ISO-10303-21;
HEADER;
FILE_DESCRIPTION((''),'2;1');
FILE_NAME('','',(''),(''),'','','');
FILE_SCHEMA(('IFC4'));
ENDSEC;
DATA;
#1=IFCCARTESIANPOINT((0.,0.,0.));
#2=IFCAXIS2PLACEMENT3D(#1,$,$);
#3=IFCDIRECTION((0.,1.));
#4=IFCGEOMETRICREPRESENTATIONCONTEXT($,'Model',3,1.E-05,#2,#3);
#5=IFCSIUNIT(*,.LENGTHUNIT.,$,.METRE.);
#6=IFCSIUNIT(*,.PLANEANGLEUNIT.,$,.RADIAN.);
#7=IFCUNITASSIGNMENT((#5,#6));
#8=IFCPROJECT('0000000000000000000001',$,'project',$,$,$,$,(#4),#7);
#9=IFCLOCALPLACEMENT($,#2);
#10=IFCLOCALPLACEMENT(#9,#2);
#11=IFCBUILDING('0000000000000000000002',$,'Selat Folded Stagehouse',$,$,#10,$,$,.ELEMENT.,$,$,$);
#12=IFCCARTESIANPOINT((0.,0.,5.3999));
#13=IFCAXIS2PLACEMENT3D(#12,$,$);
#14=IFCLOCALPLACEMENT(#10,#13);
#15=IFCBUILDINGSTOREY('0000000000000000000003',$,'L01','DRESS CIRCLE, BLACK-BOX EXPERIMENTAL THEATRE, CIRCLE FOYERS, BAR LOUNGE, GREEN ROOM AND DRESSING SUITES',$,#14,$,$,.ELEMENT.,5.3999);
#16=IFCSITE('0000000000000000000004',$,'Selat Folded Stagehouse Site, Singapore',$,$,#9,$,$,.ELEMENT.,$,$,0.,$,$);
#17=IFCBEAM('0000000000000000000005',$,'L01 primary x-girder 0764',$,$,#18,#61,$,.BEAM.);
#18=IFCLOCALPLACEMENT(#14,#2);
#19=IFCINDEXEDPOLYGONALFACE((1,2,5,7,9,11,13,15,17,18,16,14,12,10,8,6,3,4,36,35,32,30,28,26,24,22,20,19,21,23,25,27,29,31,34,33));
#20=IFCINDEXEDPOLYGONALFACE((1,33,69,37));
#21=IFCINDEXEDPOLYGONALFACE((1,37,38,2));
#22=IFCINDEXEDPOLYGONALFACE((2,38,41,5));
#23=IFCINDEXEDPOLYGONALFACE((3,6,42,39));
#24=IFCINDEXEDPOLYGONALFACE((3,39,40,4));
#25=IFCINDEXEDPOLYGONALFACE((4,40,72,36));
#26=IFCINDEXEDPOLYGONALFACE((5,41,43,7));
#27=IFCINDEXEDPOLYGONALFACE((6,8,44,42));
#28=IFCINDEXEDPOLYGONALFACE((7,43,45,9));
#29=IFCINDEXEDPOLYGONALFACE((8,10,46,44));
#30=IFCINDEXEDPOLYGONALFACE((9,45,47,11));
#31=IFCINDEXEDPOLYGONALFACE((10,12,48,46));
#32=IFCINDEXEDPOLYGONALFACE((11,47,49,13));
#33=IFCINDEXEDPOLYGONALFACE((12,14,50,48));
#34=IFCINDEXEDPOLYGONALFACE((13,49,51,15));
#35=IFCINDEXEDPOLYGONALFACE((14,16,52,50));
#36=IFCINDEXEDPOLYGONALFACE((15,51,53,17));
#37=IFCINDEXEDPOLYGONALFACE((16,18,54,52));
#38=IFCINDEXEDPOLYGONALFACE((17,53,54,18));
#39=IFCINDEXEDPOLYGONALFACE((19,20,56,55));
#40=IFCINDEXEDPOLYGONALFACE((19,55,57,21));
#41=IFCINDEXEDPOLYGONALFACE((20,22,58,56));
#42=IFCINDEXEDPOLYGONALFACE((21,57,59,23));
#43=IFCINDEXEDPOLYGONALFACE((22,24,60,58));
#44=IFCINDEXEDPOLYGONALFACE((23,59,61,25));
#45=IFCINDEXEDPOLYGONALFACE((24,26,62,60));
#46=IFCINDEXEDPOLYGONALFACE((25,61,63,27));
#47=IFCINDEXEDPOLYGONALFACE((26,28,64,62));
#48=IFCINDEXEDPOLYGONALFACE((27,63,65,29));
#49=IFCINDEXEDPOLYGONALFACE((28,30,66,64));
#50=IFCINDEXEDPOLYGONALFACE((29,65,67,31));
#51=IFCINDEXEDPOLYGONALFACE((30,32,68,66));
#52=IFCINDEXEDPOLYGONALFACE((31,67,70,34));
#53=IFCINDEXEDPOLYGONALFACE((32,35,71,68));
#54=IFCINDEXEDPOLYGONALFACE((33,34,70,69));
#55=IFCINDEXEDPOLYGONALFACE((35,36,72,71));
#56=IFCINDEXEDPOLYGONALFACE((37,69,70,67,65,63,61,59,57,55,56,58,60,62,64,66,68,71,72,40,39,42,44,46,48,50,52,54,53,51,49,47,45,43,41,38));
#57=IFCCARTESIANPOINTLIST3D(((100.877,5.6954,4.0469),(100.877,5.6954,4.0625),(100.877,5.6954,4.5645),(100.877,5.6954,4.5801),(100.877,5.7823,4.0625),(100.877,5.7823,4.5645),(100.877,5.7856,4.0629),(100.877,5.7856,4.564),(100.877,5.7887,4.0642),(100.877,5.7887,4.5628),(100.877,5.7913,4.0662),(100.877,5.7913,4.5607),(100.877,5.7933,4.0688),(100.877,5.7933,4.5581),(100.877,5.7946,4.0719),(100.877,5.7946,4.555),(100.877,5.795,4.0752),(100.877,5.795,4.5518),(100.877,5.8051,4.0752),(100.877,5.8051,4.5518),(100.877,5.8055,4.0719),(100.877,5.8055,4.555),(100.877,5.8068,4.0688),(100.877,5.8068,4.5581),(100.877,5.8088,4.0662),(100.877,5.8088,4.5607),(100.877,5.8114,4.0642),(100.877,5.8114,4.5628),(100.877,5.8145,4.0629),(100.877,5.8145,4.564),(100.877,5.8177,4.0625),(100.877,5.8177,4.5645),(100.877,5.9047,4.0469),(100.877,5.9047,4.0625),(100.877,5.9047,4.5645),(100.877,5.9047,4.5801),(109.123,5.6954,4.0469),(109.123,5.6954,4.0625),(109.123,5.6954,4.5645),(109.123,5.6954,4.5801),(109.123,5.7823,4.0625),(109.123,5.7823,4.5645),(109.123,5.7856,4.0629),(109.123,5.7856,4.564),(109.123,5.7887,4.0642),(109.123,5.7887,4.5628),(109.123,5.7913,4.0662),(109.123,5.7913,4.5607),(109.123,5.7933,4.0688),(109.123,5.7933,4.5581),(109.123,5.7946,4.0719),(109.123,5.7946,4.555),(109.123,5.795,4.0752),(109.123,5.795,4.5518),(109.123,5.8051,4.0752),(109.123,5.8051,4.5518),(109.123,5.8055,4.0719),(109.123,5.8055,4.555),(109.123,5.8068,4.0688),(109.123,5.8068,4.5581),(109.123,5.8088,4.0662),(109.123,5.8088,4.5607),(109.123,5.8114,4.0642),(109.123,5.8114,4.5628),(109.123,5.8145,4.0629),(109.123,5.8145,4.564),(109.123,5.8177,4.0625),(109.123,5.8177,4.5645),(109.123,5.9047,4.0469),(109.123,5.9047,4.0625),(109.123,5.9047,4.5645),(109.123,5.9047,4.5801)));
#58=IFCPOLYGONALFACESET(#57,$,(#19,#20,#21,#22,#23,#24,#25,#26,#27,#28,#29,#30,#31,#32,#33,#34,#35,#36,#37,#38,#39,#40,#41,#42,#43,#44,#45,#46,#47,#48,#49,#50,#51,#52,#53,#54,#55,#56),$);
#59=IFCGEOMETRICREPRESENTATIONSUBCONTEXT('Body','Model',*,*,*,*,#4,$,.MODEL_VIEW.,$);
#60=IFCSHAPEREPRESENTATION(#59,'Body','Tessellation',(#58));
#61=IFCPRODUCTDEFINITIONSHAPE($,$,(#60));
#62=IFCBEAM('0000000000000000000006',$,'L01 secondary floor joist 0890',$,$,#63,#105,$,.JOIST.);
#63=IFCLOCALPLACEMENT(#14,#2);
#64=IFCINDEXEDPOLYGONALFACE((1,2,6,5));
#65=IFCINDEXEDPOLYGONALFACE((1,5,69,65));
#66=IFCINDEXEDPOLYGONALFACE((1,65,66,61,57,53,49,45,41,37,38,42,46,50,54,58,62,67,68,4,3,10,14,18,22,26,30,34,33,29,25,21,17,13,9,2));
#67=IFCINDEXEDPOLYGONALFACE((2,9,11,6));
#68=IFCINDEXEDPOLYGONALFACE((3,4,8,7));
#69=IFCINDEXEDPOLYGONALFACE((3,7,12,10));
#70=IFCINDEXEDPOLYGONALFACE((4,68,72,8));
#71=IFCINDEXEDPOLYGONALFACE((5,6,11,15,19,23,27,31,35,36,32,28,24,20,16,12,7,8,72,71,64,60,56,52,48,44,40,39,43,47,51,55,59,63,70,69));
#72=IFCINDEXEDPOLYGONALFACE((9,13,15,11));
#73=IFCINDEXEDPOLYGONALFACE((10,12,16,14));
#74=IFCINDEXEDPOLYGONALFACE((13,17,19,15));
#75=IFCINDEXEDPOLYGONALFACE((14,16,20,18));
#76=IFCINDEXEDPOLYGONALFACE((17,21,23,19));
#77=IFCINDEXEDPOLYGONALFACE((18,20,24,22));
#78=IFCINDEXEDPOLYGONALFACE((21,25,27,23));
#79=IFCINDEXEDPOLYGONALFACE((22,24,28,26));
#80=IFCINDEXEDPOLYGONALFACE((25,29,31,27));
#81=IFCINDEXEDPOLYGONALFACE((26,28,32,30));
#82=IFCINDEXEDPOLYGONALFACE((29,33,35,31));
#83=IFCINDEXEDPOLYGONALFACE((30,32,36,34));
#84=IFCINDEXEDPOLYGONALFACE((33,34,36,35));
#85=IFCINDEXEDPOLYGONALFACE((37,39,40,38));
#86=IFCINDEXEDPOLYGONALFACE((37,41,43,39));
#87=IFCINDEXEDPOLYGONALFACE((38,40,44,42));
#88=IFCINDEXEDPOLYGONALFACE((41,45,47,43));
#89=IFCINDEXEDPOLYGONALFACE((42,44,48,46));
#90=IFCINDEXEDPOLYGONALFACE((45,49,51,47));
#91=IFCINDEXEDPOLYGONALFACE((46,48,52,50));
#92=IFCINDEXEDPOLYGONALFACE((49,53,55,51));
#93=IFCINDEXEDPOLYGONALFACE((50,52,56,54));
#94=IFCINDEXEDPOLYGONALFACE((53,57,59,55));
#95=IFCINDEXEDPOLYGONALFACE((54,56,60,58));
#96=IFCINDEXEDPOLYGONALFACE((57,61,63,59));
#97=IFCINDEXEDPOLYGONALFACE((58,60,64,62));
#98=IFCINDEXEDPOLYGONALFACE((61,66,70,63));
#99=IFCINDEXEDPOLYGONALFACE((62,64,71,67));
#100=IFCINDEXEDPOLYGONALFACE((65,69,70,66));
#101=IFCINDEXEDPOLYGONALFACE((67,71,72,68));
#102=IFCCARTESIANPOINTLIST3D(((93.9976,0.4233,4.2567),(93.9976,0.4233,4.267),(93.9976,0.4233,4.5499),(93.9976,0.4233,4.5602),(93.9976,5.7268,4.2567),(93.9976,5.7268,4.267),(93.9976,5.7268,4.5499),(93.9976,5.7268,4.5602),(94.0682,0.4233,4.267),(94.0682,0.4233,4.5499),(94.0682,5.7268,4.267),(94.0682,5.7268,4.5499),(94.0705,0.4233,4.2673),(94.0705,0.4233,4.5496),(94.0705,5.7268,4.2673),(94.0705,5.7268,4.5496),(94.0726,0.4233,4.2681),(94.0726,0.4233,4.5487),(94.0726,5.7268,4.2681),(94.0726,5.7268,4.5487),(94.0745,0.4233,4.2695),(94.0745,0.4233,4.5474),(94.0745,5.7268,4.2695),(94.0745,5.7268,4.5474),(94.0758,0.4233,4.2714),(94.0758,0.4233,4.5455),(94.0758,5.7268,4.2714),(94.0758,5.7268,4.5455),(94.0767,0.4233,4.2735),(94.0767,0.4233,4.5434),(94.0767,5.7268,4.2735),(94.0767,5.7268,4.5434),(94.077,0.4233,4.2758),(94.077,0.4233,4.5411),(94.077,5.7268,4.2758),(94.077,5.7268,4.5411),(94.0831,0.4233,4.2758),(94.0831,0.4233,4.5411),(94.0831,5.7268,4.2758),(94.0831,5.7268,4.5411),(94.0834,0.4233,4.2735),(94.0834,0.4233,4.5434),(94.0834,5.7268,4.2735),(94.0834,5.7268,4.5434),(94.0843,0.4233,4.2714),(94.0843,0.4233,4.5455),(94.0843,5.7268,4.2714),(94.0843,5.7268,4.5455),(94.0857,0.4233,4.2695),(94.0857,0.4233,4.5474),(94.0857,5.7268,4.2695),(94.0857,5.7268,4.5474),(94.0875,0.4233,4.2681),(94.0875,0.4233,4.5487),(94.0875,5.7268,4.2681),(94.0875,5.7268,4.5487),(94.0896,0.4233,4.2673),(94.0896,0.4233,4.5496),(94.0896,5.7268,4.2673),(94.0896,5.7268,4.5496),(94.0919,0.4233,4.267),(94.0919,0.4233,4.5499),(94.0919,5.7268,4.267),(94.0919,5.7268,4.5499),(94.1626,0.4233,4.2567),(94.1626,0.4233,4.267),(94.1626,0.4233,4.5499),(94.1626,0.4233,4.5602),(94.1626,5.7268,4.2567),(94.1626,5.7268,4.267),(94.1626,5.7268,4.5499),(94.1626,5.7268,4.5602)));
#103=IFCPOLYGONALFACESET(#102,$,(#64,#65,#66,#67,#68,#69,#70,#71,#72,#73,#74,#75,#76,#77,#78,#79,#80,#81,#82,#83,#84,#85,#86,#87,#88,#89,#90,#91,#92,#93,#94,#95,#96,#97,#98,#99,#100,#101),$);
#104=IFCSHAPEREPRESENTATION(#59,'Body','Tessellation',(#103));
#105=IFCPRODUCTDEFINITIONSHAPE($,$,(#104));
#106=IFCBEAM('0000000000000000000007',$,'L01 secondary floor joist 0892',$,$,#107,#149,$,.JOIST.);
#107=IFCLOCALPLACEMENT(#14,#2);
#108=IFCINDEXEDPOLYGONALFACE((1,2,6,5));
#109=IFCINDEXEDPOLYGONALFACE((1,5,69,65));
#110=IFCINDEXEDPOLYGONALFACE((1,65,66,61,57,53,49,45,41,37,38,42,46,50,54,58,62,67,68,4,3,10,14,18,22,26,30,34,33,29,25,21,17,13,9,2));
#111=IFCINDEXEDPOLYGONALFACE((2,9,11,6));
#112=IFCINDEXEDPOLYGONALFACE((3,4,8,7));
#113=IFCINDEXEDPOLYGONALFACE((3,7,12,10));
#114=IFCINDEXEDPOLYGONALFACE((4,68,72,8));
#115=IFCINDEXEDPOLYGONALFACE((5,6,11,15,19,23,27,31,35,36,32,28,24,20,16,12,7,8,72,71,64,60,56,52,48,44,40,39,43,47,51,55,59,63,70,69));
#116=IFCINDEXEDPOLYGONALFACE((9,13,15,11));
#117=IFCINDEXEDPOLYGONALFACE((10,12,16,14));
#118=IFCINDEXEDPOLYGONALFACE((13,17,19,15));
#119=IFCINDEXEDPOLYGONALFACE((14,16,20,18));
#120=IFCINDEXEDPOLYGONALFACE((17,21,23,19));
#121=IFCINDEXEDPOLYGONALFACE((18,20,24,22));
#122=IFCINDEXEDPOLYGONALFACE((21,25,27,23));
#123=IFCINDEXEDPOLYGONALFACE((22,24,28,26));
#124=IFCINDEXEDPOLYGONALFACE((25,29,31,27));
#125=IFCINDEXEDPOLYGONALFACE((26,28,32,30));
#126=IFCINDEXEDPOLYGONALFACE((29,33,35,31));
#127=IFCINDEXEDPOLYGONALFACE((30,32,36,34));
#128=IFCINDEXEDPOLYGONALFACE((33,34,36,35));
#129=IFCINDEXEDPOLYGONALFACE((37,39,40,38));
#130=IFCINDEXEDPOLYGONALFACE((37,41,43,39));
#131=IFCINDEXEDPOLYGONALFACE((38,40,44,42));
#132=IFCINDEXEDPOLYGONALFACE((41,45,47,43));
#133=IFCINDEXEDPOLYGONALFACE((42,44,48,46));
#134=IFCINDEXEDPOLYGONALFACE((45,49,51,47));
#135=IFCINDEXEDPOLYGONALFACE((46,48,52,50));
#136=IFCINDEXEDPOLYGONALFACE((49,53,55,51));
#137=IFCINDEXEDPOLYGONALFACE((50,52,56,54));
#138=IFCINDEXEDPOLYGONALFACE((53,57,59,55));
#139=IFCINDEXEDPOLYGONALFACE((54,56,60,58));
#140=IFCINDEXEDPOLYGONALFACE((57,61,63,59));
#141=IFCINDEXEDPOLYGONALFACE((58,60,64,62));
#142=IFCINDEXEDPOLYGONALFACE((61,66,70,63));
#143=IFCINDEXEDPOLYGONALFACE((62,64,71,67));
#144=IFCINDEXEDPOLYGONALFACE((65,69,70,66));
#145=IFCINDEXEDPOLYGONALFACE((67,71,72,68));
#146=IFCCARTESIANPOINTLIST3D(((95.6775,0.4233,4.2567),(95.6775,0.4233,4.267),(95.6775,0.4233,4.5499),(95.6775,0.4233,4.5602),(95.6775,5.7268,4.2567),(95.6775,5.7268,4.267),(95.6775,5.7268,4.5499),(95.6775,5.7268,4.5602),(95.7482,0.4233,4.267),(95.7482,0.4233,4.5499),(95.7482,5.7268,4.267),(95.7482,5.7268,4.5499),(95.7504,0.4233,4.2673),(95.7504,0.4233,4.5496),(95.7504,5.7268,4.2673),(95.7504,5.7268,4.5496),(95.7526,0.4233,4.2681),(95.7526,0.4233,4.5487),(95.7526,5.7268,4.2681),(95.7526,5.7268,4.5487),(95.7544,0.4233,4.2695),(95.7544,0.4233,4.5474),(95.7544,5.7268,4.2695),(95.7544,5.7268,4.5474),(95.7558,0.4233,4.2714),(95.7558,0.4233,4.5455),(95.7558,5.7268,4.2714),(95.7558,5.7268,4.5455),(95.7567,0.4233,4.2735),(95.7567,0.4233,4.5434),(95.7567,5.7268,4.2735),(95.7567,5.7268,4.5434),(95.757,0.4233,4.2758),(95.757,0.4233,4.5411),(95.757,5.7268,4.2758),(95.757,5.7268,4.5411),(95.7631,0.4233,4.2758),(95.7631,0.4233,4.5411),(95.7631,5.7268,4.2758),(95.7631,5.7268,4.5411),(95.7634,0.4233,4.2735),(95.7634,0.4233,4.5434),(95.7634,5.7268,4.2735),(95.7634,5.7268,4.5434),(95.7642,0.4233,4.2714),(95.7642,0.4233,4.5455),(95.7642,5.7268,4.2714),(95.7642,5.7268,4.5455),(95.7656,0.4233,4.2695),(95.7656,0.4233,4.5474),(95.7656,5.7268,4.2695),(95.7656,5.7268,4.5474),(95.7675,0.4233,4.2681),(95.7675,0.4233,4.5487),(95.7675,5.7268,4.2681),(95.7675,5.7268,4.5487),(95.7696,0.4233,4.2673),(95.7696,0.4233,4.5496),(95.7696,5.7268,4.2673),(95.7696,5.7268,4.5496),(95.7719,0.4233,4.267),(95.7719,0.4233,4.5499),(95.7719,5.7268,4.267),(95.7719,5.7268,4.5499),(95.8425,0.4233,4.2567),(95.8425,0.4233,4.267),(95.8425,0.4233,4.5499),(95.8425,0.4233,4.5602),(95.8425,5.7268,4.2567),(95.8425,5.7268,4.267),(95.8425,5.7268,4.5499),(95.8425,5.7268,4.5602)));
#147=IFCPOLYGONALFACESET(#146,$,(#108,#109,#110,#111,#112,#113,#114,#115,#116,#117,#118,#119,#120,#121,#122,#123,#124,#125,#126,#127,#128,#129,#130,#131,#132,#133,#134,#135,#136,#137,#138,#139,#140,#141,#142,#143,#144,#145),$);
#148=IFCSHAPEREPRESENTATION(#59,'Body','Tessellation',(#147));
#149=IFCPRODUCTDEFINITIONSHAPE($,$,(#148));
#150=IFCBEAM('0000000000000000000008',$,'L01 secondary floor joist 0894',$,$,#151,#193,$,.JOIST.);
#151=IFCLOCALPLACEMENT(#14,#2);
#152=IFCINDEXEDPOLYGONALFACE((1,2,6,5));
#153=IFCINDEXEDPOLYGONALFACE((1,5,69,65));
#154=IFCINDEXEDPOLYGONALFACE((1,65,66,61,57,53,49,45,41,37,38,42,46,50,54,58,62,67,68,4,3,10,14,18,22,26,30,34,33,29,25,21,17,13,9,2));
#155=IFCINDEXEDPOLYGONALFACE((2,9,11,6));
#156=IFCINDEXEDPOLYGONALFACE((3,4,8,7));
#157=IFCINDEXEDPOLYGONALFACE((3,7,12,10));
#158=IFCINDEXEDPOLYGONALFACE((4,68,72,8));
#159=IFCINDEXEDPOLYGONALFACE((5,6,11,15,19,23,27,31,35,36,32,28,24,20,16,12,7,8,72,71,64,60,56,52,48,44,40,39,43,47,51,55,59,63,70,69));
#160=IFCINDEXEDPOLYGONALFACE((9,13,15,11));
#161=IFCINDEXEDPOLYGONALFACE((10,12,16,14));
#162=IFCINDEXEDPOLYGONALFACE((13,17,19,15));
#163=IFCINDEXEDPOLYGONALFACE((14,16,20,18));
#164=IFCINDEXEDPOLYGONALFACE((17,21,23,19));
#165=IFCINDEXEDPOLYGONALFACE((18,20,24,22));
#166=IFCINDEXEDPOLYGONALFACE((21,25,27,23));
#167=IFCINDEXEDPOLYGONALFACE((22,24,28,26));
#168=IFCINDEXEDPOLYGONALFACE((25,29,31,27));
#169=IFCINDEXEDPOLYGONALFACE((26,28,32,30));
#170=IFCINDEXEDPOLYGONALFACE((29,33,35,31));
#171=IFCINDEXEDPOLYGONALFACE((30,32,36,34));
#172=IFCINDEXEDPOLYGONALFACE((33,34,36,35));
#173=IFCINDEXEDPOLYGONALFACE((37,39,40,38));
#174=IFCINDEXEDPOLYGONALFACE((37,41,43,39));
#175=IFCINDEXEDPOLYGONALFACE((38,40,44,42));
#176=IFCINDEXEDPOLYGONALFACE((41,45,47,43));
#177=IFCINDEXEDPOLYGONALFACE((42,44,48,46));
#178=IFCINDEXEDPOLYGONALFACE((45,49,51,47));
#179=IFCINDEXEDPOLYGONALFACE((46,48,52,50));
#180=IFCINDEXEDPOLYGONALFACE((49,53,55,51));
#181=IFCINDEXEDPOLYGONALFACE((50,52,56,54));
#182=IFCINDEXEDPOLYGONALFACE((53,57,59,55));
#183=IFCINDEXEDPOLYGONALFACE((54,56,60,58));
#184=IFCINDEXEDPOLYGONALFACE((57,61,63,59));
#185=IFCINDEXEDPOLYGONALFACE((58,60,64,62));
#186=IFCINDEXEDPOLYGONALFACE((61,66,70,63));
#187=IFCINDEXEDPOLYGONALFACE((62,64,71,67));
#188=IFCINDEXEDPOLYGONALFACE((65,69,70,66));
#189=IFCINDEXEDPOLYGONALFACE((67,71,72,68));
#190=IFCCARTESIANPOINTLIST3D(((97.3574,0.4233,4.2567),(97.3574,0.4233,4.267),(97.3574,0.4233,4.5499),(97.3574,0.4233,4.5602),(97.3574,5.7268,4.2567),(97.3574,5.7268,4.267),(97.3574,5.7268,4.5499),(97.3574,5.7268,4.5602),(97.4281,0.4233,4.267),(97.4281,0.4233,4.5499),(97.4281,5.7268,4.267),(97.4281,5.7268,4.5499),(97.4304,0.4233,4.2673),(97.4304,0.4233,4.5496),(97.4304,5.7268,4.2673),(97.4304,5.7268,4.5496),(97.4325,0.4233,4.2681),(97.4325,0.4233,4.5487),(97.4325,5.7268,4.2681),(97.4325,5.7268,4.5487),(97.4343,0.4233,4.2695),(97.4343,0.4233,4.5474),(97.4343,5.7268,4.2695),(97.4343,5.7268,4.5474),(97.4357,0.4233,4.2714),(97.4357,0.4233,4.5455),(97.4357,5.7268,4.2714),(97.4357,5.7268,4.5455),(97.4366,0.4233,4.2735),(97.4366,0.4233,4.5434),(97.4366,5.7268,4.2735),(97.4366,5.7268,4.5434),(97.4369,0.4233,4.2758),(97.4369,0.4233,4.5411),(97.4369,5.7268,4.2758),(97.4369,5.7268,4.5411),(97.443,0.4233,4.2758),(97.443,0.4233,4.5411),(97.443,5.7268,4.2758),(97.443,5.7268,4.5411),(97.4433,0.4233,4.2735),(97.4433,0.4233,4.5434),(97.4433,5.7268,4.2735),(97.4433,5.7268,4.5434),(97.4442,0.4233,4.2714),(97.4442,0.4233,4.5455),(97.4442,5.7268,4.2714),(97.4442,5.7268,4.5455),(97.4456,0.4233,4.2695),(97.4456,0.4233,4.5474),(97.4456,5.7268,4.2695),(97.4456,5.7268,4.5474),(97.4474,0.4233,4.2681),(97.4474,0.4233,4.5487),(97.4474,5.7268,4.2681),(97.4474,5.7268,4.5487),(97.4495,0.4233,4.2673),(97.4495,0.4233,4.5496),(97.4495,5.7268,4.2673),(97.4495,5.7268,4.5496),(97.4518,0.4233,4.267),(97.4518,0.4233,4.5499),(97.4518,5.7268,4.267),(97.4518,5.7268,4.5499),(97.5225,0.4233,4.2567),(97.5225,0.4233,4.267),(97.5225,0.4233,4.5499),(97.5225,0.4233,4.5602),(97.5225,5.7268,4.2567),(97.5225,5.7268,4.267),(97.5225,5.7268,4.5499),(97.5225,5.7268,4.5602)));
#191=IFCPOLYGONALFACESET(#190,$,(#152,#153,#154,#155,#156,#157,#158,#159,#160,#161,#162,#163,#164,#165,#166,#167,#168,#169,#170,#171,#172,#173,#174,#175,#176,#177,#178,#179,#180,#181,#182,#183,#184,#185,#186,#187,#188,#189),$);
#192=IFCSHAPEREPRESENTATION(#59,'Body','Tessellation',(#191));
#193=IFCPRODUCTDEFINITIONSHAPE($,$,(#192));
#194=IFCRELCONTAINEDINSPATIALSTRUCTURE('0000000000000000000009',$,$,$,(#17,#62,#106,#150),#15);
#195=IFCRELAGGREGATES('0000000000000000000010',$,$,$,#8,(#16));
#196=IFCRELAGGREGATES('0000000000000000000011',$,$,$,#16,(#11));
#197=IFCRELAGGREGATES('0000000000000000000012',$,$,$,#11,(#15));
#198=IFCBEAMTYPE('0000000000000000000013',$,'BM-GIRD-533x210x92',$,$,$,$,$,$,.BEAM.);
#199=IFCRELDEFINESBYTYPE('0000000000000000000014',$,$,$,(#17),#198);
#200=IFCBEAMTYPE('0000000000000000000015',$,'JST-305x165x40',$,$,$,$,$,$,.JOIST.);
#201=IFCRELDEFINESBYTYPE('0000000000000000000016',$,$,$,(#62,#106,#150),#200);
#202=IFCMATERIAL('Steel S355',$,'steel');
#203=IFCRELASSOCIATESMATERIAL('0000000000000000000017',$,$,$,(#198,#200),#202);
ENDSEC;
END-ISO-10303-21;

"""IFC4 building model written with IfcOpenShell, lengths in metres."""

from ifc_helpers import new_model, si_unit, direction, frame, origin, origin_2d, place, context, subcontext, project, spatial, i_section, extrude, material, material_profile, profile_set, type_object, element, save


model = new_model("IFC4")

# Units and contexts
model_context = context("Model", 3, precision=1e-05, world=origin(), true_north=direction((0.0, 1.0)))
body_context = subcontext(model_context, "Body", "Model", "MODEL_VIEW")
ifc_project = project(units=[si_unit("LENGTHUNIT", "METRE"), si_unit("PLANEANGLEUNIT", "RADIAN")], contexts=[model_context])

# Site, building, storey
site_placement = place(None, origin())
site = spatial("IfcSite", under=ifc_project, at=site_placement, Name="Selat Folded Stagehouse Site, Singapore", CompositionType="ELEMENT", RefElevation=0.0)
building_placement = place(site_placement, origin())
building = spatial("IfcBuilding", under=site, at=building_placement, Name="Selat Folded Stagehouse", CompositionType="ELEMENT")
storey_placement = place(building_placement, frame((0.0, 0.0, 5.3999)))
storey = spatial("IfcBuildingStorey", under=building, at=storey_placement, Name="L01", Description="DRESS CIRCLE, BLACK-BOX EXPERIMENTAL THEATRE, CIRCLE FOYERS, BAR LOUNGE, GREEN ROOM AND DRESSING SUITES", CompositionType="ELEMENT", Elevation=5.3999)

# Shared definitions
ifc_material = material(Name="Steel S355", Category="steel")

# Beams
ifc_material_profile_1 = material_profile(ifc_material, i_section(OverallWidth=0.2092, OverallDepth=0.5332, WebThickness=0.01, FlangeThickness=0.0156, FilletRadius=0.0127, at=origin_2d()), Name="UKB 533x210x92")
ifc_profile_set_1 = profile_set([ifc_material_profile_1], Name="Steel S355")
beam_type_1 = type_object("IfcBeamType", Name="BM-GIRD-533x210x92", PredefinedType="BEAM", material=ifc_profile_set_1)
beam_1_placement = place(storey_placement, frame((100.877, 5.8, 4.3135), z_axis=(1.0, 0.0, 0.0), x_axis=(0.0, 1.0, 0.0)))
element("IfcBeam", 1, at=beam_1_placement, inside=storey, type_object=beam_type_1, Name="L01 primary x-girder 0764", PredefinedType="BEAM", context=body_context, shape_type="SweptSolid", body=[
    extrude(i_section(OverallWidth=0.2092, OverallDepth=0.5332, WebThickness=0.01, FlangeThickness=0.0156, FilletRadius=0.0127, at=origin_2d()), origin(), (0.0, 0.0, 1.0), 8.2461),
])
ifc_material_profile_2 = material_profile(ifc_material, i_section(OverallWidth=0.165, OverallDepth=0.3035, WebThickness=0.0061, FlangeThickness=0.0103, FilletRadius=0.0088, at=origin_2d()), Name="UKB 305x165x40")
ifc_profile_set_2 = profile_set([ifc_material_profile_2], Name="Steel S355")
beam_type_2 = type_object("IfcBeamType", Name="JST-305x165x40", PredefinedType="JOIST", material=ifc_profile_set_2)
for number, where, z_axis, x_axis, name in (
    (2, (94.0801, 0.4233, 4.4084), (0.0, 1.0, 0.0), (-1.0, 0.0, 0.0), "L01 secondary floor joist 0890"),
    (3, (95.76, 0.4233, 4.4084), (0.0, 1.0, 0.0), (-1.0, 0.0, 0.0), "L01 secondary floor joist 0892"),
    (4, (97.4399, 0.4233, 4.4084), (0.0, 1.0, 0.0), (-1.0, 0.0, 0.0), "L01 secondary floor joist 0894"),
):
    element("IfcBeam", number, at=place(storey_placement, frame(where, z_axis=z_axis, x_axis=x_axis)), inside=storey, type_object=beam_type_2, Name=name, PredefinedType="JOIST", context=body_context, shape_type="SweptSolid", body=[
        extrude(i_section(OverallWidth=0.165, OverallDepth=0.3035, WebThickness=0.0061, FlangeThickness=0.0103, FilletRadius=0.0088, at=origin_2d()), origin(), (0.0, 0.0, 1.0), 5.3035),
    ])

save(model, "model.ifc")
